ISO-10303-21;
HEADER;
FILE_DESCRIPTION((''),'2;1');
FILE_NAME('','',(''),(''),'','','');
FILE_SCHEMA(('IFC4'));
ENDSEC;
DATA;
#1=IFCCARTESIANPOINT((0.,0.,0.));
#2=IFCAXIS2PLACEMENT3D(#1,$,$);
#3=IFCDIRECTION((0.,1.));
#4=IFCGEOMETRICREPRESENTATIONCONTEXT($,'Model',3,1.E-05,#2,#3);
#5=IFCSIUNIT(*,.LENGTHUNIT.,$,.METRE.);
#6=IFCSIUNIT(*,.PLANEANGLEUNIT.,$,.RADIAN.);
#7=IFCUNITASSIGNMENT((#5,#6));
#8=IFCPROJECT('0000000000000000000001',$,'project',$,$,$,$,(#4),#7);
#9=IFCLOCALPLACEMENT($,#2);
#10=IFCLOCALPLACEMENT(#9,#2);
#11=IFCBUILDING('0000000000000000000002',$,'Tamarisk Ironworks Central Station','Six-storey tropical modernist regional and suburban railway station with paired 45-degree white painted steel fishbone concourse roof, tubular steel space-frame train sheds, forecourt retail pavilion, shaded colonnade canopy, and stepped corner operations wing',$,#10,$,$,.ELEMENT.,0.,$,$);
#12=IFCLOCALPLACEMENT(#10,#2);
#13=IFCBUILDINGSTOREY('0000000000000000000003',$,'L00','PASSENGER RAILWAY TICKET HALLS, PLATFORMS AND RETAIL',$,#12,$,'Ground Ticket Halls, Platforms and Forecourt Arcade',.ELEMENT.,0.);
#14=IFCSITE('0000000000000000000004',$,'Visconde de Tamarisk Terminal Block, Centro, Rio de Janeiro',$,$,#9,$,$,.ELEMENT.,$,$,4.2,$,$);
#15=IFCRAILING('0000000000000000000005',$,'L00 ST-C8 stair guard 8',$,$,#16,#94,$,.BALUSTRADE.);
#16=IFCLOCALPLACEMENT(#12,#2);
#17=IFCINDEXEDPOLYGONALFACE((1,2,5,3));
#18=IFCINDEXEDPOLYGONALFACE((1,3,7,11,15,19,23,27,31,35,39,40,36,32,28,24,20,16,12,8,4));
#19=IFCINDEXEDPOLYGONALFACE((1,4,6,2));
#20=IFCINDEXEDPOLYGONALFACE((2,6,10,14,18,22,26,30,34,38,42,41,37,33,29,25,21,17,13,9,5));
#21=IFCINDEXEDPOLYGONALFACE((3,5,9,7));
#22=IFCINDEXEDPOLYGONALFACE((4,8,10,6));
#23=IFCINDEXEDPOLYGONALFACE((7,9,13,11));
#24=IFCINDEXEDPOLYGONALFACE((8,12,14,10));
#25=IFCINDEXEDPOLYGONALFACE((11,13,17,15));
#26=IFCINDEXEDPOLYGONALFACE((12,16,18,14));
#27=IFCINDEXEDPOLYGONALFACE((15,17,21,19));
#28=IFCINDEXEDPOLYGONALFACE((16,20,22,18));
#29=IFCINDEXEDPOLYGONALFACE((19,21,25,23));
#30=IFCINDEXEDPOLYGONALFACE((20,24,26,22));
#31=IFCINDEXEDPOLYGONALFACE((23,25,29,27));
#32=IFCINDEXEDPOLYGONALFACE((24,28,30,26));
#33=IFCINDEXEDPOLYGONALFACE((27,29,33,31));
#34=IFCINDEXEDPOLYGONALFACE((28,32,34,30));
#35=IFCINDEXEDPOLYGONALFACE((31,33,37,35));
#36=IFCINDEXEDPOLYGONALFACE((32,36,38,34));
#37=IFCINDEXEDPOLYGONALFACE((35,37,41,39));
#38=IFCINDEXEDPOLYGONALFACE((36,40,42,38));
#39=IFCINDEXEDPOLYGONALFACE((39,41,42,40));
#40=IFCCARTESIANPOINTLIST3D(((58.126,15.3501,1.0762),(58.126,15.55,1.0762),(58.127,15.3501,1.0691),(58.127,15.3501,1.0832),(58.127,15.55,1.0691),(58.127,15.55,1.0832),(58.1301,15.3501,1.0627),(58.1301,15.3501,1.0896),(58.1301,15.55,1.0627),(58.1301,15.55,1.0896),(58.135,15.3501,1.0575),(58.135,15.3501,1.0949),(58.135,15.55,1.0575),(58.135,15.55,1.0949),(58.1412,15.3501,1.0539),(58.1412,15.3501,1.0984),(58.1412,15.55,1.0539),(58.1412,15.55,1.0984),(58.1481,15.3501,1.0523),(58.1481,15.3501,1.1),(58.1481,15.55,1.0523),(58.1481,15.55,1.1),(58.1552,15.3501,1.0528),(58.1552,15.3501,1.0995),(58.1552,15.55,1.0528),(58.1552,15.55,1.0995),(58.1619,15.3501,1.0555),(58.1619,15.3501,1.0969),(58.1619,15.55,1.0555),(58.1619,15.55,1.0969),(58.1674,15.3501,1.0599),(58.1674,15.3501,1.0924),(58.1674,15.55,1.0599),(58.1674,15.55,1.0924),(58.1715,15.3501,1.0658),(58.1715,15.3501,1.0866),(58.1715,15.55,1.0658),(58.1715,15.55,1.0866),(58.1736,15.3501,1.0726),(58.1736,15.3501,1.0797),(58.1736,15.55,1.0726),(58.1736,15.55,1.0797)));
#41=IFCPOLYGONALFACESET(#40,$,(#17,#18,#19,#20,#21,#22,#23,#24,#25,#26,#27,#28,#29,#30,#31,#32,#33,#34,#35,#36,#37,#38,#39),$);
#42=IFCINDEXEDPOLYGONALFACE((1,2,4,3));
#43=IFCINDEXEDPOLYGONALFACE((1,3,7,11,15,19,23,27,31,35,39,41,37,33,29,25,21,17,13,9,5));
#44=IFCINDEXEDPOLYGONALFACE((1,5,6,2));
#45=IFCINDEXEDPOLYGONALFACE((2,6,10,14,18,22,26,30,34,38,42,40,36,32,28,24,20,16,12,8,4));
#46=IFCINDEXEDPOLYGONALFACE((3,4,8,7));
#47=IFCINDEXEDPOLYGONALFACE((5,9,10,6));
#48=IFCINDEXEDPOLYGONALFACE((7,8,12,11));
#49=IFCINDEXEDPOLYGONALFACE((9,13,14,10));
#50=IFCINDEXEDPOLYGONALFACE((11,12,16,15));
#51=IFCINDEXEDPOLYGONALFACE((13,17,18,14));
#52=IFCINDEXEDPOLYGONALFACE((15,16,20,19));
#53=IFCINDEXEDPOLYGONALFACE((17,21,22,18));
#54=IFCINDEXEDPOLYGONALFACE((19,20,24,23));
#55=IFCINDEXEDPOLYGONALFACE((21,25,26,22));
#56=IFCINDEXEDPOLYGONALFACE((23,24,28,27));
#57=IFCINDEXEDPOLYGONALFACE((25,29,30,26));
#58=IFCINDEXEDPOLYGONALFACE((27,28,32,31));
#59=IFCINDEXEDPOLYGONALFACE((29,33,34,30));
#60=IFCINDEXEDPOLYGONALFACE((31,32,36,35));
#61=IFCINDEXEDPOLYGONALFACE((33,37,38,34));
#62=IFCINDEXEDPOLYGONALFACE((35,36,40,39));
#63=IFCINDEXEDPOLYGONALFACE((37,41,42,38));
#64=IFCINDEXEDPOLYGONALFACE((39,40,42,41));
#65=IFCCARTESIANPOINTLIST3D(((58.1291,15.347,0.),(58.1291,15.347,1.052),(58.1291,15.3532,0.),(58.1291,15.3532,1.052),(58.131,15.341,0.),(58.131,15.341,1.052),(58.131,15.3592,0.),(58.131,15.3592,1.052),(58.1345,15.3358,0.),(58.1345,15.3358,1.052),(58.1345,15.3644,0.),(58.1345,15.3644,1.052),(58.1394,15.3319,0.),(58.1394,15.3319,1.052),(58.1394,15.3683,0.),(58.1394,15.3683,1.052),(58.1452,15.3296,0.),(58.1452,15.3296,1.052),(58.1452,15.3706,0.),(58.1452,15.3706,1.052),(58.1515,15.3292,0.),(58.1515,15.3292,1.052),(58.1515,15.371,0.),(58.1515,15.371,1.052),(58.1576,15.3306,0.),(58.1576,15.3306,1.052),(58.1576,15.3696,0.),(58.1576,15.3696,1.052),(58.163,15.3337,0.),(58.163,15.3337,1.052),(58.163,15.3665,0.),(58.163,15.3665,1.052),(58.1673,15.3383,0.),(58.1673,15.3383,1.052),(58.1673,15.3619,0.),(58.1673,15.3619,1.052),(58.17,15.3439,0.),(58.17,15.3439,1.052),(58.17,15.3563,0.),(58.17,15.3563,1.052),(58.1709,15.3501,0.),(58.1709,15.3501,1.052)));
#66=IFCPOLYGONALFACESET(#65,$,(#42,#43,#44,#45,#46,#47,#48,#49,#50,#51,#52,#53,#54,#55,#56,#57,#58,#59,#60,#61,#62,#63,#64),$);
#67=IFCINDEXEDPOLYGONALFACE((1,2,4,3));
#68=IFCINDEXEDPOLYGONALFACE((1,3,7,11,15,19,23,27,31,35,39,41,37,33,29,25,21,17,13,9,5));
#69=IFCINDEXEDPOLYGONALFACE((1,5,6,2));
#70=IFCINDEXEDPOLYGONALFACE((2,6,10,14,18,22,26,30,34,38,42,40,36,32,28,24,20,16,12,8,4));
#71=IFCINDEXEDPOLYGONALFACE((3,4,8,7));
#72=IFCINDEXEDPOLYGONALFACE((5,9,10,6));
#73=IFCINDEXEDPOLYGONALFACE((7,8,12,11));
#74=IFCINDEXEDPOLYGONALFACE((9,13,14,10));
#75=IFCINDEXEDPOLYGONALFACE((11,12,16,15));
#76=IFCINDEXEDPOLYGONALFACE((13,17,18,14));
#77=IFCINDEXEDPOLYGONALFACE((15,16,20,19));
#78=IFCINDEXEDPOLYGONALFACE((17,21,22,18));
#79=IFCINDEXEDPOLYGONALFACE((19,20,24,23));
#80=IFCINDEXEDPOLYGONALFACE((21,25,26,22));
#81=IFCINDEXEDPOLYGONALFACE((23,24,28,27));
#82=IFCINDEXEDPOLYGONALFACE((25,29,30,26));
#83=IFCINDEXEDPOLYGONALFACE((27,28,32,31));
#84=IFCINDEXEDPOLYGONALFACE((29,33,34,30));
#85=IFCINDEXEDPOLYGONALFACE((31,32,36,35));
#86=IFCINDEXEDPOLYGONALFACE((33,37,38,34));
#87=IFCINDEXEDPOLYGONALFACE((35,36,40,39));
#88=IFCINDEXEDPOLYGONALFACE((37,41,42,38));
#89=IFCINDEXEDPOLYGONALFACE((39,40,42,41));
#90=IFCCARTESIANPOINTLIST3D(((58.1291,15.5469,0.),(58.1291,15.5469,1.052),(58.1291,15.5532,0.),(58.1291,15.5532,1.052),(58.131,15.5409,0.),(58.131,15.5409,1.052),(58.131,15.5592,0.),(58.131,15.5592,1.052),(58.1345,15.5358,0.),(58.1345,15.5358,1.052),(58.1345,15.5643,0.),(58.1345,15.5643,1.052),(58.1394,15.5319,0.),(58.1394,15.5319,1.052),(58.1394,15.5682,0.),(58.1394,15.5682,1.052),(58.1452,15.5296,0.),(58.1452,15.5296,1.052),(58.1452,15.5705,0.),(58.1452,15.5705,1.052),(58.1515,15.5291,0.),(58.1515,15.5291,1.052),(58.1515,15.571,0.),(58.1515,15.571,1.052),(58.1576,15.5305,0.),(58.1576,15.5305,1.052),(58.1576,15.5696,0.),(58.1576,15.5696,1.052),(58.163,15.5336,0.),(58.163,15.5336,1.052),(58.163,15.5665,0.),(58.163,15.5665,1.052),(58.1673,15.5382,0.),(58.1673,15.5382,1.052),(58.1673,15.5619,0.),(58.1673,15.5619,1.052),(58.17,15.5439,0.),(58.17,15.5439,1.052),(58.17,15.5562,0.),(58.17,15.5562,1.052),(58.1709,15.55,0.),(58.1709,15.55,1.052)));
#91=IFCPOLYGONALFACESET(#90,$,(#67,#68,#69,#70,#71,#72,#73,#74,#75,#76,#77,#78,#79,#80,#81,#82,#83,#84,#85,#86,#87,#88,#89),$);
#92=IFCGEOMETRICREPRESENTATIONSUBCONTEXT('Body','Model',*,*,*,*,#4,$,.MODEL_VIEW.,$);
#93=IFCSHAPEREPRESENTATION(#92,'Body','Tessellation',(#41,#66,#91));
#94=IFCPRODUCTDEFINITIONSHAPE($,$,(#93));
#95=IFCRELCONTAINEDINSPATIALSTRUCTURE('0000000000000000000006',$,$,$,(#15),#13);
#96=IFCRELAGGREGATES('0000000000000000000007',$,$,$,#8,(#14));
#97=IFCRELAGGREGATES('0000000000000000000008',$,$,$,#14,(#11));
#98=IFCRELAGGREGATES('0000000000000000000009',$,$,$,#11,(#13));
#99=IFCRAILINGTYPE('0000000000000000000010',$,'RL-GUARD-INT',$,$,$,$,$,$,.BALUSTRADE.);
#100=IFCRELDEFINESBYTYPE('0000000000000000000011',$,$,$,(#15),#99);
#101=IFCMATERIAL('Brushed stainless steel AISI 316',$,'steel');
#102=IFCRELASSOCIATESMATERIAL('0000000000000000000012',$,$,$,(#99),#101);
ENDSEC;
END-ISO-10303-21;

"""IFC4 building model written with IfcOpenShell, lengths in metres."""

from ifc_helpers import new_model, si_unit, direction, frame, origin, origin_2d, place, context, subcontext, project, spatial, circle, extrude, material, type_object, element, save


model = new_model("IFC4")

# Units and contexts
model_context = context("Model", 3, precision=1e-05, world=origin(), true_north=direction((0.0, 1.0)))
body_context = subcontext(model_context, "Body", "Model", "MODEL_VIEW")
ifc_project = project(units=[si_unit("LENGTHUNIT", "METRE"), si_unit("PLANEANGLEUNIT", "RADIAN")], contexts=[model_context])

# Site, building, storey
site_placement = place(None, origin())
site = spatial("IfcSite", under=ifc_project, at=site_placement, Name="Visconde de Tamarisk Terminal Block, Centro, Rio de Janeiro", CompositionType="ELEMENT", RefElevation=4.2)
building_placement = place(site_placement, origin())
building = spatial("IfcBuilding", under=site, at=building_placement, Name="Tamarisk Ironworks Central Station", Description="Six-storey tropical modernist regional and suburban railway station with paired 45-degree white painted steel fishbone concourse roof, tubular steel space-frame train sheds, forecourt retail pavilion, shaded colonnade canopy, and stepped corner operations wing", CompositionType="ELEMENT", ElevationOfRefHeight=0.0)
storey_placement = place(building_placement, origin())
storey = spatial("IfcBuildingStorey", under=building, at=storey_placement, Name="L00", Description="PASSENGER RAILWAY TICKET HALLS, PLATFORMS AND RETAIL", LongName="Ground Ticket Halls, Platforms and Forecourt Arcade", CompositionType="ELEMENT", Elevation=0.0)

# Railing
ifc_material_1 = material(Name="Brushed stainless steel AISI 316", Category="steel")
railing_type_1 = type_object("IfcRailingType", Name="RL-GUARD-INT", PredefinedType="BALUSTRADE", material=ifc_material_1)
railing_1_placement = place(storey_placement, frame((58.1499, 15.3501, 0.0)))
element("IfcRailing", 1, at=railing_1_placement, inside=storey, type_object=railing_type_1, Name="L00 ST-C8 stair guard 8", PredefinedType="BALUSTRADE", context=body_context, shape_type="SweptSolid", body=[
    extrude(circle(Radius=0.0239, at=origin_2d()), frame((0.0, 0.0, 1.0762), z_axis=(0.0, 1.0, 0.0), x_axis=(-1.0, 0.0, 0.0)), (0.0, 0.0, 1.0), 0.2),
    extrude(circle(Radius=0.021, at=origin_2d()), origin(), (0.0, 0.0, 1.0), 1.052),
    extrude(circle(Radius=0.021, at=origin_2d()), frame((0.0, 0.2, 0.0)), (0.0, 0.0, 1.0), 1.052),
])

save(model, "model.ifc")
